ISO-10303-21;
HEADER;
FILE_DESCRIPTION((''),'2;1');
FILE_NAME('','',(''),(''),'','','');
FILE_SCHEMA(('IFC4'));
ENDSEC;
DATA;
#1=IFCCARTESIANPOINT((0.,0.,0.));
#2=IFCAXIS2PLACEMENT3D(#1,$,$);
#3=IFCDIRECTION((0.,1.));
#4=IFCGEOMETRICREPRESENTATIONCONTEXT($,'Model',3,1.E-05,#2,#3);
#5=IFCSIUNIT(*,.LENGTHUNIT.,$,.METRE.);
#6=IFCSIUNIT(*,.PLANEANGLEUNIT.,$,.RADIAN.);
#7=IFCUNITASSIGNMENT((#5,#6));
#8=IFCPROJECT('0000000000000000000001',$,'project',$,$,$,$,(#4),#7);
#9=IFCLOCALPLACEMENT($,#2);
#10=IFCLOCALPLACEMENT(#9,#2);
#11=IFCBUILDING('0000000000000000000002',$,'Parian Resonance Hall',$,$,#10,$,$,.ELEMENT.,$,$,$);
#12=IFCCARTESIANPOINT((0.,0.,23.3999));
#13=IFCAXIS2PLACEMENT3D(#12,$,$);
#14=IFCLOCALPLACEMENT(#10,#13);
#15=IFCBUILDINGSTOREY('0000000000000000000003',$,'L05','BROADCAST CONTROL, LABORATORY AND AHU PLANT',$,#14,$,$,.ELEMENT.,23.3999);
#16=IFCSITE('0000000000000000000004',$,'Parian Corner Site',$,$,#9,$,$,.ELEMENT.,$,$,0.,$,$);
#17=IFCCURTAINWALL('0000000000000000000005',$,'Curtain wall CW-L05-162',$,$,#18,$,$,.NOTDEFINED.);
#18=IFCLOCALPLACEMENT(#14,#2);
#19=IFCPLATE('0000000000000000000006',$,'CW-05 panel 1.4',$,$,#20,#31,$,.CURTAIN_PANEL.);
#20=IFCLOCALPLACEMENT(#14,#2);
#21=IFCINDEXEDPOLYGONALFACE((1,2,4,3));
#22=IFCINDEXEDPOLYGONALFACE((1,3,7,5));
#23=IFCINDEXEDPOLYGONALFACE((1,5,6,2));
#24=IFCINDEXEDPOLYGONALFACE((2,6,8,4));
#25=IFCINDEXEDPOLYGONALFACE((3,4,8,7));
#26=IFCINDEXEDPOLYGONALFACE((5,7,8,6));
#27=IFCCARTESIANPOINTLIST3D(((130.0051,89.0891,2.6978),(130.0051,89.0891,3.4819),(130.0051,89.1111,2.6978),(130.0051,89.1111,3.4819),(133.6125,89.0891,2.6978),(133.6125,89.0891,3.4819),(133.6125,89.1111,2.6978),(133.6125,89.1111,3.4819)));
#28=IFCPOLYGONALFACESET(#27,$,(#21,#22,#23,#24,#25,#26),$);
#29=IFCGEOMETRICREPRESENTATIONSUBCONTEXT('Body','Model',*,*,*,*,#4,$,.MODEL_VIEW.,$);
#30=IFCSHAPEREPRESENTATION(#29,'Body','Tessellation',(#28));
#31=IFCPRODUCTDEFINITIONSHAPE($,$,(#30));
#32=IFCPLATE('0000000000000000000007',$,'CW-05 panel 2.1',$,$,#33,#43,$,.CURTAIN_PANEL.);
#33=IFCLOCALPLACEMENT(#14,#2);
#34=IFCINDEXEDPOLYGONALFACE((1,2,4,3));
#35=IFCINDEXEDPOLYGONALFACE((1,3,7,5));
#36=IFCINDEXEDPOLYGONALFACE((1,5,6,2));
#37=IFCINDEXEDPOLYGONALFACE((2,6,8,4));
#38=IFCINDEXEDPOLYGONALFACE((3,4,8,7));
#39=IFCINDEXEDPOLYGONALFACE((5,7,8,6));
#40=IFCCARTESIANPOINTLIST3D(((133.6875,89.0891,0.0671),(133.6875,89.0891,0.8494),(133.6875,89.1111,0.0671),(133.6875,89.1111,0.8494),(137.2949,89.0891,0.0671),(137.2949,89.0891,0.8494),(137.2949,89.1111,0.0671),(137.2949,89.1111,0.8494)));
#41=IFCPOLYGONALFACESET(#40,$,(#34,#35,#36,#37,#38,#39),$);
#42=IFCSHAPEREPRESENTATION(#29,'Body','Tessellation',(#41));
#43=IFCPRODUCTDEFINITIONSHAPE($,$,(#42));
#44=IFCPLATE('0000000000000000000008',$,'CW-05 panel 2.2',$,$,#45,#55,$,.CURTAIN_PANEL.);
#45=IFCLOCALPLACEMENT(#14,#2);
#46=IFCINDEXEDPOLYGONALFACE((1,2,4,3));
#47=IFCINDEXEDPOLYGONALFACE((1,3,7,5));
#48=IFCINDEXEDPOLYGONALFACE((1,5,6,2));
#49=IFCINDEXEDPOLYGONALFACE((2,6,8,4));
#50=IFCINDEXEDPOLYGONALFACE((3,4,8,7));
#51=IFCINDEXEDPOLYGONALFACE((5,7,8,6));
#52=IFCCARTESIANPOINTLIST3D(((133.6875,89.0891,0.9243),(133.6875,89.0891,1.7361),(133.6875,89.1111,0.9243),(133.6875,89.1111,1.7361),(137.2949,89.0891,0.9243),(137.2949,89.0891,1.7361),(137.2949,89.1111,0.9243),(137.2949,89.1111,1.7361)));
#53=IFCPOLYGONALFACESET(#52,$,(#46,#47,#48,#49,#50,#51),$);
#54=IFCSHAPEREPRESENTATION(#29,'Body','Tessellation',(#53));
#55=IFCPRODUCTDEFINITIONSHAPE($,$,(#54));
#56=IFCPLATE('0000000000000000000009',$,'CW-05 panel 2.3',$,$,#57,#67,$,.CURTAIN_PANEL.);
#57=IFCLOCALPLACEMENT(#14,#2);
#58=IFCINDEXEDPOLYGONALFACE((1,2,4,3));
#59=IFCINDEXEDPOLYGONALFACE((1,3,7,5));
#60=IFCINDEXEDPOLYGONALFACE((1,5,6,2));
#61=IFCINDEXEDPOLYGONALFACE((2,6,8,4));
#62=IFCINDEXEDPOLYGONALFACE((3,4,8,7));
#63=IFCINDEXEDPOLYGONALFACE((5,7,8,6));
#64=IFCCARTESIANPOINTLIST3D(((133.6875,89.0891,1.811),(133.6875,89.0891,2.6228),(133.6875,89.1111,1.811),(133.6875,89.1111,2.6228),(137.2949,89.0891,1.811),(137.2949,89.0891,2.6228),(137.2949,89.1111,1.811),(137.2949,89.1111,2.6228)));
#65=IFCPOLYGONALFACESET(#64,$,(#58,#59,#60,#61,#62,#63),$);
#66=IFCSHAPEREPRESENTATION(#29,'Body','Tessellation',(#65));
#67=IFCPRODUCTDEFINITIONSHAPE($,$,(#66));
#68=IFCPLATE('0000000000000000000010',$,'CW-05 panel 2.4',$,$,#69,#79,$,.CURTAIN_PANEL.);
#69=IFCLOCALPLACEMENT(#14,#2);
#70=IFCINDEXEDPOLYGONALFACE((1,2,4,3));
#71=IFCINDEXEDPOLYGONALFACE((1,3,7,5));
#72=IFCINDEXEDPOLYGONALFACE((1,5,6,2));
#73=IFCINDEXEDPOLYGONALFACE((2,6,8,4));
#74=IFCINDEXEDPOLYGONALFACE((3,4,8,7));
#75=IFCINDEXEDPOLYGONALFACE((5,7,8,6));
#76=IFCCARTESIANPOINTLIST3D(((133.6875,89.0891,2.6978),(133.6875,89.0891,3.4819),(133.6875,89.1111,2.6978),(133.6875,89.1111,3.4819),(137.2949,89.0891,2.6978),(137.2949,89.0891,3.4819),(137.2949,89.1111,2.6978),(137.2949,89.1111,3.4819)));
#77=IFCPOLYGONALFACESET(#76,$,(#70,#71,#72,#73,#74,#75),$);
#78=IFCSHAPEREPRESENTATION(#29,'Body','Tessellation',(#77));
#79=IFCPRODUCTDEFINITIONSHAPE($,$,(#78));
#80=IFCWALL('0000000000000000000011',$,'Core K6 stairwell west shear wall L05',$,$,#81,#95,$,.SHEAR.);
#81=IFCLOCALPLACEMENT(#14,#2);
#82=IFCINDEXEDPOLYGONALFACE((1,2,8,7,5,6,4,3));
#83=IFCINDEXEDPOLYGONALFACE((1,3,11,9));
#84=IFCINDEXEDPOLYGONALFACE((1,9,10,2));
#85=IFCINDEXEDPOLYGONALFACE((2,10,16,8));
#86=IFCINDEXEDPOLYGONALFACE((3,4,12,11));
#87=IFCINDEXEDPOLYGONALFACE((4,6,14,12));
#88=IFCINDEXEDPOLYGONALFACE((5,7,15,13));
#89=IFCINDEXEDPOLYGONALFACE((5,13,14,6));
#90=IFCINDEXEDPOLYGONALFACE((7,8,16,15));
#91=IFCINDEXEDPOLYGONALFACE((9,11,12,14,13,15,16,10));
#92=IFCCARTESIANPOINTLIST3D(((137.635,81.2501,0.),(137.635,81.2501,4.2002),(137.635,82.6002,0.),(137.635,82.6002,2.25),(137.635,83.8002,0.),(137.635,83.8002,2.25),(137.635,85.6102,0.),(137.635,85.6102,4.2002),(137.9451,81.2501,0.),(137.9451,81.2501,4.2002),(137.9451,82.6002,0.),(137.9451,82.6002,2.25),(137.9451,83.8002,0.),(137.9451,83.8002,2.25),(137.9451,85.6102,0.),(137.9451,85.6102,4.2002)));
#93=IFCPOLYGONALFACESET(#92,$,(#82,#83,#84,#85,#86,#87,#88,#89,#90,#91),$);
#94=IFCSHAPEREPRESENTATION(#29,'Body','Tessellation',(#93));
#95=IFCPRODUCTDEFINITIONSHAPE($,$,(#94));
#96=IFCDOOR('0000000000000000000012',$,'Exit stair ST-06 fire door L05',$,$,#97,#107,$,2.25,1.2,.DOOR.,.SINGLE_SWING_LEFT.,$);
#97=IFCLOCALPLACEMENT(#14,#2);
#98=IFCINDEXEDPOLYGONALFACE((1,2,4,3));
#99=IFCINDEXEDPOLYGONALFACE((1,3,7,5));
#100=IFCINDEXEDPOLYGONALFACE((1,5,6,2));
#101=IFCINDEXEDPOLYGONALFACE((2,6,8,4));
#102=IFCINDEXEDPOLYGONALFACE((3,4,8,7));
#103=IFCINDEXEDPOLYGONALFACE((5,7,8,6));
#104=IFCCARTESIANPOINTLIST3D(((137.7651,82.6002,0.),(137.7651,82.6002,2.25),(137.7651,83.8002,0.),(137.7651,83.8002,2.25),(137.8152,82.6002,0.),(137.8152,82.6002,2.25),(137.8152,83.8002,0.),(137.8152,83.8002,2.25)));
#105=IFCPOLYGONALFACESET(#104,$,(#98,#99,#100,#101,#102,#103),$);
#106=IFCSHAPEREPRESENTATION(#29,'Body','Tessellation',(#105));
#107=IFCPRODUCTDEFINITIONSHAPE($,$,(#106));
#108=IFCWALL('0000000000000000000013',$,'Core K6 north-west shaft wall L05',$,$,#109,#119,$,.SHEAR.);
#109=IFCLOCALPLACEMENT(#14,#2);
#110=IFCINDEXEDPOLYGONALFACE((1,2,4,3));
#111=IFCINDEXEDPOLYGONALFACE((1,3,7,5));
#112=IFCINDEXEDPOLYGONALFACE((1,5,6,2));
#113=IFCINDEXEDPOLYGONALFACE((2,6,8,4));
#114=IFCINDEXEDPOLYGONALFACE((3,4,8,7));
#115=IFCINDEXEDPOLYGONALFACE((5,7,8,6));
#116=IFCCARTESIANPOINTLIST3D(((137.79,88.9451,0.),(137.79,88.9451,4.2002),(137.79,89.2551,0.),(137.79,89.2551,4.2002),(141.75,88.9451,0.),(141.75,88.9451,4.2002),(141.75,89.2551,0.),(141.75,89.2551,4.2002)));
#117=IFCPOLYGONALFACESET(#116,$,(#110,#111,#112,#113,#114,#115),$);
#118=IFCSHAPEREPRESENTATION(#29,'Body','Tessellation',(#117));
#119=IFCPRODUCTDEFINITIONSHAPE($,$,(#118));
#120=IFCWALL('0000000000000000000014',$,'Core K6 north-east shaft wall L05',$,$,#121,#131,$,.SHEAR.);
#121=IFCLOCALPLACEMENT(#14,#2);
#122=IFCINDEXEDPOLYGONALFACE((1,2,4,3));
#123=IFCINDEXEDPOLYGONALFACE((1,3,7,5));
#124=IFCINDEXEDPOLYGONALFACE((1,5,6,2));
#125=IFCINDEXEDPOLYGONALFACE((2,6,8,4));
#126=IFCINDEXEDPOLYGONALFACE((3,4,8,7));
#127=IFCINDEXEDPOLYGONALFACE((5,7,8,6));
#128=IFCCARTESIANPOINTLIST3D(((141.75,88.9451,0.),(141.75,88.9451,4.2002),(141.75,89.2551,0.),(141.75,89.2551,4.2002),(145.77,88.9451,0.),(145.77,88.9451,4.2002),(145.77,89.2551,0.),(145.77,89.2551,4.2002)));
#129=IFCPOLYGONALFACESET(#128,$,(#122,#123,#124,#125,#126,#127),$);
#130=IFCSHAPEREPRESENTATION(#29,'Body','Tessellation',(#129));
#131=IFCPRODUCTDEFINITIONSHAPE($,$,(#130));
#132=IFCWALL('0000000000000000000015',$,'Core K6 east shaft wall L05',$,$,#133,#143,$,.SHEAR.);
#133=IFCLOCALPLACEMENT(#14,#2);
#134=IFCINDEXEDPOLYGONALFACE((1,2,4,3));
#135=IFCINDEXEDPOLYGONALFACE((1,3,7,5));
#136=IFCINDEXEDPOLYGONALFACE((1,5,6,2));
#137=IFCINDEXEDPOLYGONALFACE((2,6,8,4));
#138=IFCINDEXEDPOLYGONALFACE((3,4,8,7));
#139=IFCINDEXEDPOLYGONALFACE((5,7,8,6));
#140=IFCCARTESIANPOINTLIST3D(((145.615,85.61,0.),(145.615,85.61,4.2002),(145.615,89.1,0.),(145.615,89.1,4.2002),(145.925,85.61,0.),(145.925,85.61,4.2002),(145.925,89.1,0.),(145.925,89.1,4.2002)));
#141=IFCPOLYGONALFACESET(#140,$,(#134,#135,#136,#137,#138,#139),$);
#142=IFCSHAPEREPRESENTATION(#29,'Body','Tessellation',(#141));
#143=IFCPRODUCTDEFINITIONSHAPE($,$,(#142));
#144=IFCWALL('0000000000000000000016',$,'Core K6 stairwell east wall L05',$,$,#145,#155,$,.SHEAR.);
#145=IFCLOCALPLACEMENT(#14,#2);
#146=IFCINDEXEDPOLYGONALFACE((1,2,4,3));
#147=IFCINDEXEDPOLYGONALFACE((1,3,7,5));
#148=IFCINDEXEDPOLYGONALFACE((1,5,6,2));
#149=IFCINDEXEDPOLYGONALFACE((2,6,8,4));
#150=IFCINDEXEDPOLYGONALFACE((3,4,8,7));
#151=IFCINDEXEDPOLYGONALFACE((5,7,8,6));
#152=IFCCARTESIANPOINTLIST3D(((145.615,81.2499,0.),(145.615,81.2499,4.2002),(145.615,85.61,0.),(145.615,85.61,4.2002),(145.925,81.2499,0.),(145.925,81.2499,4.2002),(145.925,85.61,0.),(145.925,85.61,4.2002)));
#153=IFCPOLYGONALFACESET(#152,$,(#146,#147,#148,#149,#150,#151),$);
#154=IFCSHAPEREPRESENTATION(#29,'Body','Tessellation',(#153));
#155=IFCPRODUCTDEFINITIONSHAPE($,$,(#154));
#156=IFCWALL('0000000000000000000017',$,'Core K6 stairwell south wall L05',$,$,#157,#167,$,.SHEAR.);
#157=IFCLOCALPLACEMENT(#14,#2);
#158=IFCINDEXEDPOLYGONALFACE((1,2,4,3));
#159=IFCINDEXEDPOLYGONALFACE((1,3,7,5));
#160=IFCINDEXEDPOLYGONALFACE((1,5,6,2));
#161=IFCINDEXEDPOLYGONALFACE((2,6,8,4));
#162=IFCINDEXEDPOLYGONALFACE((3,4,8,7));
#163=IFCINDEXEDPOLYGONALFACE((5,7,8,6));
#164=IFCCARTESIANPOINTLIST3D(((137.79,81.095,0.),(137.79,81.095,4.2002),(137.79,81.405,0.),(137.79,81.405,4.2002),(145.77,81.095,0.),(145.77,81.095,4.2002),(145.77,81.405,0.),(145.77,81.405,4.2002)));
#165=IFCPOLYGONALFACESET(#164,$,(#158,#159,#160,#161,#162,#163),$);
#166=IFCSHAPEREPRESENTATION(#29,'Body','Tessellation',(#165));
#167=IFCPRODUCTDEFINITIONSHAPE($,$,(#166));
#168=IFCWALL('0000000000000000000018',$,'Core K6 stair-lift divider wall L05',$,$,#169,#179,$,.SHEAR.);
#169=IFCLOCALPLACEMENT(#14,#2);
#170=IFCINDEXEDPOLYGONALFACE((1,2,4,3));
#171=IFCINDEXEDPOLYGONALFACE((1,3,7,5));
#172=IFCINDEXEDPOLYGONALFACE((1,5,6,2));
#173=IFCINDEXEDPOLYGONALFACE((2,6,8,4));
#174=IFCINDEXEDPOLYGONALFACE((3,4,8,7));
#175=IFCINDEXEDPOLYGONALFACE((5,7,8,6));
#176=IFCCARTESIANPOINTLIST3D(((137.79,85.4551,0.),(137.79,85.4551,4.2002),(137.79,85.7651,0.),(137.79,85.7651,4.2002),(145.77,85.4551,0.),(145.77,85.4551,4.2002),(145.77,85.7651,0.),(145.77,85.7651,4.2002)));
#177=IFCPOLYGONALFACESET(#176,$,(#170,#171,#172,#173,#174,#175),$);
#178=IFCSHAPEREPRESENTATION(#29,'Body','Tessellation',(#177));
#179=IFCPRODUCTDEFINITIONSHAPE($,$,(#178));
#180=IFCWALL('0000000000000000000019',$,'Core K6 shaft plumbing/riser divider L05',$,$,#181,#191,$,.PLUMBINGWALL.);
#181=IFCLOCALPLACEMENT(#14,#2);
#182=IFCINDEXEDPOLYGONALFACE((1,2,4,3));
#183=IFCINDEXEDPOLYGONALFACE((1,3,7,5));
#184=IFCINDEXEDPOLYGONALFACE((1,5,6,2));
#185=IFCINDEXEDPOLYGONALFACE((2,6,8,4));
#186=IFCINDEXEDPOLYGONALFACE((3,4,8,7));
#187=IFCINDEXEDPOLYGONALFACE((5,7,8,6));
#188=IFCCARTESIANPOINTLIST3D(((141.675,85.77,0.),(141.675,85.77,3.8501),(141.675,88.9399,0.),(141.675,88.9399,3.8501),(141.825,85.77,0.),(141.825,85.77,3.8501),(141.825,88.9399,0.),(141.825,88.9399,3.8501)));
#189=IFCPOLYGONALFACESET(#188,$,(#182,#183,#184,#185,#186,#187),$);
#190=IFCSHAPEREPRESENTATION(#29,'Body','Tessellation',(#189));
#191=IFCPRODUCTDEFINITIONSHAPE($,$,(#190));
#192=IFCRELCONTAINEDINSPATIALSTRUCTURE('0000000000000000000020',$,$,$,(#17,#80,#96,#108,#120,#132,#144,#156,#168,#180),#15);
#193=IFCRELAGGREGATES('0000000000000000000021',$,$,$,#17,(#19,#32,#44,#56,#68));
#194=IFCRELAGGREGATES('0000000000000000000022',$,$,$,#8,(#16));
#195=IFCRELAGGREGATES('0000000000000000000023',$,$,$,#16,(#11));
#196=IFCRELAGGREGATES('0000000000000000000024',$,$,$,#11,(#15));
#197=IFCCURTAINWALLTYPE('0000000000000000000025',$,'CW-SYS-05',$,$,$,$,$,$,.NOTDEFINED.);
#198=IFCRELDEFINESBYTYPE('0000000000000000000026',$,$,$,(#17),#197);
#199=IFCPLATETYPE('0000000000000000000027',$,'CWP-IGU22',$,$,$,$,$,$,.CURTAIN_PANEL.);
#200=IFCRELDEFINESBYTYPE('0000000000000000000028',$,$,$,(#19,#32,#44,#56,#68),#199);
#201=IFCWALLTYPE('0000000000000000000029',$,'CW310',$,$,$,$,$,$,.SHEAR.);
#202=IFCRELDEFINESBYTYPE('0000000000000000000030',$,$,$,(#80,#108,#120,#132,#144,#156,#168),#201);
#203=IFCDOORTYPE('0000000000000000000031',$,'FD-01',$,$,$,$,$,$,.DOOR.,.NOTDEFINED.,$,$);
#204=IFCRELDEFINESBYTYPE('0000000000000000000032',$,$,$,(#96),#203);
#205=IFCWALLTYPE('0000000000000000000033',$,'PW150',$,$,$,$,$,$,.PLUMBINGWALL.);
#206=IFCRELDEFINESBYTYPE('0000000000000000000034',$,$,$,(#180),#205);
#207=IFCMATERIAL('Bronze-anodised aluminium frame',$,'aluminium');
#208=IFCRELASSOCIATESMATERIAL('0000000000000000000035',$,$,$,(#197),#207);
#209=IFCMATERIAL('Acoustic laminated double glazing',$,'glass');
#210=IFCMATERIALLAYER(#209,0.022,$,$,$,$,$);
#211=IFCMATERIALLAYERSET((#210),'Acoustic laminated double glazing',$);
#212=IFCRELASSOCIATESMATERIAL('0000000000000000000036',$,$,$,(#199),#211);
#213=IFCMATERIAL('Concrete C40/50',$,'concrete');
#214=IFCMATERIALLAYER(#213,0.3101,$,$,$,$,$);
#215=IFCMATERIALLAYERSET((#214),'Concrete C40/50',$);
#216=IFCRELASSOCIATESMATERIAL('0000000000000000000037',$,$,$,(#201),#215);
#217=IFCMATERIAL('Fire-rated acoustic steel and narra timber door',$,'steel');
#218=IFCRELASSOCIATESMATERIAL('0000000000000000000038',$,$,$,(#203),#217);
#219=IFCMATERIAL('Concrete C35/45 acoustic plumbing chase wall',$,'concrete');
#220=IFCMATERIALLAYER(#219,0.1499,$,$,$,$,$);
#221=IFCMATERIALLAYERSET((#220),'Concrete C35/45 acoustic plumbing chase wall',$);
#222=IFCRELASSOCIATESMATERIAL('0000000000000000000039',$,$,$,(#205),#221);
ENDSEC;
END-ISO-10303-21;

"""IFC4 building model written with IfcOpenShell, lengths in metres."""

from ifc_helpers import new_model, si_unit, direction, frame, frame_2d, origin, origin_2d, place, context, subcontext, project, spatial, rectangle, extrude, material, layer, layer_set, type_object, element, fill, aggregate, save


model = new_model("IFC4")

# Units and contexts
model_context = context("Model", 3, precision=1e-05, world=origin(), true_north=direction((0.0, 1.0)))
body_context = subcontext(model_context, "Body", "Model", "MODEL_VIEW")
ifc_project = project(units=[si_unit("LENGTHUNIT", "METRE"), si_unit("PLANEANGLEUNIT", "RADIAN")], contexts=[model_context])

# Site, building, storey
site_placement = place(None, origin())
site = spatial("IfcSite", under=ifc_project, at=site_placement, Name="Parian Corner Site", CompositionType="ELEMENT", RefElevation=0.0)
building_placement = place(site_placement, origin())
building = spatial("IfcBuilding", under=site, at=building_placement, Name="Parian Resonance Hall", CompositionType="ELEMENT")
storey_placement = place(building_placement, frame((0.0, 0.0, 23.3999)))
storey = spatial("IfcBuildingStorey", under=building, at=storey_placement, Name="L05", Description="BROADCAST CONTROL, LABORATORY AND AHU PLANT", CompositionType="ELEMENT", Elevation=23.3999)

# Curtain wall, plates
ifc_material_1 = material(Name="Bronze-anodised aluminium frame", Category="aluminium")
curtain_wall_type = type_object("IfcCurtainWallType", Name="CW-SYS-05", PredefinedType="NOTDEFINED", material=ifc_material_1)
curtain_wall_placement = place(storey_placement, origin())
curtain_wall = element("IfcCurtainWall", 1, at=curtain_wall_placement, inside=storey, type_object=curtain_wall_type, Name="Curtain wall CW-L05-162", PredefinedType="NOTDEFINED")
ifc_material_2 = material(Name="Acoustic laminated double glazing", Category="glass")
ifc_layer_1 = layer(ifc_material_2, 0.022)
ifc_layer_set_1 = layer_set([ifc_layer_1], Name="Acoustic laminated double glazing")
plate_type = type_object("IfcPlateType", Name="CWP-IGU22", PredefinedType="CURTAIN_PANEL", material=ifc_layer_set_1)
plate_1_placement = place(storey_placement, frame((131.8088, 89.1001, 2.6978), z_axis=(0.0, 0.0, 1.0), x_axis=(1.0, 0.0, 0.0)))
plate_1 = element("IfcPlate", 2, at=plate_1_placement, type_object=plate_type, Name="CW-05 panel 1.4", PredefinedType="CURTAIN_PANEL", context=body_context, shape_type="SweptSolid", body=[
    extrude(rectangle(XDim=3.6074, YDim=0.022, at=origin_2d()), origin(), (0.0, 0.0, 1.0), 0.7842),
])
plate_2_placement = place(storey_placement, frame((135.4912, 89.1001, 0.0671), z_axis=(0.0, 0.0, 1.0), x_axis=(1.0, 0.0, 0.0)))
plate_2 = element("IfcPlate", 3, at=plate_2_placement, type_object=plate_type, Name="CW-05 panel 2.1", PredefinedType="CURTAIN_PANEL", context=body_context, shape_type="SweptSolid", body=[
    extrude(rectangle(XDim=3.6074, YDim=0.022, at=origin_2d()), origin(), (0.0, 0.0, 1.0), 0.7822),
])
plate_3_placement = place(storey_placement, frame((135.4912, 89.1001, 0.9243), z_axis=(0.0, 0.0, 1.0), x_axis=(1.0, 0.0, 0.0)))
plate_3 = element("IfcPlate", 4, at=plate_3_placement, type_object=plate_type, Name="CW-05 panel 2.2", PredefinedType="CURTAIN_PANEL", context=body_context, shape_type="SweptSolid", body=[
    extrude(rectangle(XDim=3.6074, YDim=0.022, at=origin_2d()), origin(), (0.0, 0.0, 1.0), 0.8118),
])
plate_4_placement = place(storey_placement, frame((135.4912, 89.1001, 1.811), z_axis=(0.0, 0.0, 1.0), x_axis=(1.0, 0.0, 0.0)))
plate_4 = element("IfcPlate", 5, at=plate_4_placement, type_object=plate_type, Name="CW-05 panel 2.3", PredefinedType="CURTAIN_PANEL", context=body_context, shape_type="SweptSolid", body=[
    extrude(rectangle(XDim=3.6074, YDim=0.022, at=origin_2d()), origin(), (0.0, 0.0, 1.0), 0.8118),
])
plate_5_placement = place(storey_placement, frame((135.4912, 89.1001, 2.6978), z_axis=(0.0, 0.0, 1.0), x_axis=(1.0, 0.0, 0.0)))
plate_5 = element("IfcPlate", 6, at=plate_5_placement, type_object=plate_type, Name="CW-05 panel 2.4", PredefinedType="CURTAIN_PANEL", context=body_context, shape_type="SweptSolid", body=[
    extrude(rectangle(XDim=3.6074, YDim=0.022, at=origin_2d()), origin(), (0.0, 0.0, 1.0), 0.7842),
])
aggregate(curtain_wall, [plate_1, plate_2, plate_3, plate_4, plate_5])

# Wall, opening, door
ifc_material_3 = material(Name="Concrete C40/50", Category="concrete")
ifc_layer_2 = layer(ifc_material_3, 0.3101)
ifc_layer_set_2 = layer_set([ifc_layer_2], Name="Concrete C40/50")
wall_type_1 = type_object("IfcWallType", Name="CW310", PredefinedType="SHEAR", material=ifc_layer_set_2)
wall_1_placement = place(storey_placement, frame((137.79, 81.25, 0.0), z_axis=(0.0, 0.0, 1.0), x_axis=(0.0, 1.0, 0.0)))
wall_1 = element("IfcWall", 7, at=wall_1_placement, inside=storey, type_object=wall_type_1, Name="Core K6 stairwell west shear wall L05", PredefinedType="SHEAR", context=body_context, shape_type="SweptSolid", body=[
    extrude(rectangle(XDim=4.3601, YDim=0.3101, at=frame_2d((2.1802, 0.0))), origin(), (0.0, 0.0, 1.0), 4.2002),
])
opening_1_placement = place(wall_1_placement, frame((1.3501, 0.0, 0.0)))
opening_1 = element("IfcOpeningElement", 8, at=opening_1_placement, cuts=wall_1, PredefinedType="OPENING", context=body_context, shape_type="SweptSolid", body=[
    extrude(rectangle(XDim=1.2, YDim=2.25, at=frame_2d((0.6001, 1.125))), frame((0.0, 0.165, 0.0), z_axis=(0.0, -1.0, 0.0), x_axis=(1.0, 0.0, 0.0)), (0.0, 0.0, 1.0), 0.3301),
])
ifc_material_4 = material(Name="Fire-rated acoustic steel and narra timber door", Category="steel")
door_type_1 = type_object("IfcDoorType", Name="FD-01", OperationType="NOTDEFINED", PredefinedType="DOOR", material=ifc_material_4)
door_1_placement = place(opening_1_placement, origin())
door_1 = element("IfcDoor", 9, at=door_1_placement, inside=storey, type_object=door_type_1, Name="Exit stair ST-06 fire door L05", OperationType="SINGLE_SWING_LEFT", OverallHeight=2.25, OverallWidth=1.2, PredefinedType="DOOR", context=body_context, shape_type="SweptSolid", body=[
    extrude(rectangle(XDim=1.2, YDim=2.25, at=frame_2d((0.6001, 1.125))), frame((0.0, 0.0249, 0.0), z_axis=(0.0, -1.0, 0.0), x_axis=(1.0, 0.0, 0.0)), (0.0, 0.0, 1.0), 0.05),
])
fill(opening_1, door_1)

# Walls
wall_2_placement = place(storey_placement, frame((137.79, 89.1001, 0.0), z_axis=(0.0, 0.0, 1.0), x_axis=(1.0, 0.0, 0.0)))
element("IfcWall", 10, at=wall_2_placement, inside=storey, type_object=wall_type_1, Name="Core K6 north-west shaft wall L05", PredefinedType="SHEAR", context=body_context, shape_type="SweptSolid", body=[
    extrude(rectangle(XDim=3.96, YDim=0.3101, at=frame_2d((1.98, 0.0))), origin(), (0.0, 0.0, 1.0), 4.2002),
])
wall_3_placement = place(storey_placement, frame((141.75, 89.1001, 0.0), z_axis=(0.0, 0.0, 1.0), x_axis=(1.0, 0.0, 0.0)))
element("IfcWall", 11, at=wall_3_placement, inside=storey, type_object=wall_type_1, Name="Core K6 north-east shaft wall L05", PredefinedType="SHEAR", context=body_context, shape_type="SweptSolid", body=[
    extrude(rectangle(XDim=4.02, YDim=0.3101, at=frame_2d((2.01, 0.0))), origin(), (0.0, 0.0, 1.0), 4.2002),
])
wall_4_placement = place(storey_placement, frame((145.77, 89.1001, 0.0), z_axis=(0.0, 0.0, 1.0), x_axis=(0.0, -1.0, 0.0)))
element("IfcWall", 12, at=wall_4_placement, inside=storey, type_object=wall_type_1, Name="Core K6 east shaft wall L05", PredefinedType="SHEAR", context=body_context, shape_type="SweptSolid", body=[
    extrude(rectangle(XDim=3.49, YDim=0.3101, at=frame_2d((1.7451, 0.0))), origin(), (0.0, 0.0, 1.0), 4.2002),
])
wall_5_placement = place(storey_placement, frame((145.77, 85.6101, 0.0), z_axis=(0.0, 0.0, 1.0), x_axis=(0.0, -1.0, 0.0)))
element("IfcWall", 13, at=wall_5_placement, inside=storey, type_object=wall_type_1, Name="Core K6 stairwell east wall L05", PredefinedType="SHEAR", context=body_context, shape_type="SweptSolid", body=[
    extrude(rectangle(XDim=4.3601, YDim=0.3101, at=frame_2d((2.1802, 0.0))), origin(), (0.0, 0.0, 1.0), 4.2002),
])
for number, where, z_axis, x_axis, name in (
    (14, (145.77, 81.25, 0.0), (0.0, 0.0, 1.0), (-1.0, 0.0, 0.0), "Core K6 stairwell south wall L05"),
    (15, (137.79, 85.6101, 0.0), (0.0, 0.0, 1.0), (1.0, 0.0, 0.0), "Core K6 stair-lift divider wall L05"),
):
    element("IfcWall", number, at=place(storey_placement, frame(where, z_axis=z_axis, x_axis=x_axis)), inside=storey, type_object=wall_type_1, Name=name, PredefinedType="SHEAR", context=body_context, shape_type="SweptSolid", body=[
        extrude(rectangle(XDim=7.98, YDim=0.3101, at=frame_2d((3.99, 0.0))), origin(), (0.0, 0.0, 1.0), 4.2002),
    ])
ifc_material_5 = material(Name="Concrete C35/45 acoustic plumbing chase wall", Category="concrete")
ifc_layer_3 = layer(ifc_material_5, 0.1499)
ifc_layer_set_3 = layer_set([ifc_layer_3], Name="Concrete C35/45 acoustic plumbing chase wall")
wall_type_2 = type_object("IfcWallType", Name="PW150", PredefinedType="PLUMBINGWALL", material=ifc_layer_set_3)
wall_6_placement = place(storey_placement, frame((141.75, 85.77, 0.0), z_axis=(0.0, 0.0, 1.0), x_axis=(0.0, 1.0, 0.0)))
element("IfcWall", 16, at=wall_6_placement, inside=storey, type_object=wall_type_2, Name="Core K6 shaft plumbing/riser divider L05", PredefinedType="PLUMBINGWALL", context=body_context, shape_type="SweptSolid", body=[
    extrude(rectangle(XDim=3.1699, YDim=0.1499, at=frame_2d((1.585, 0.0))), origin(), (0.0, 0.0, 1.0), 3.8501),
])

save(model, "model.ifc")
